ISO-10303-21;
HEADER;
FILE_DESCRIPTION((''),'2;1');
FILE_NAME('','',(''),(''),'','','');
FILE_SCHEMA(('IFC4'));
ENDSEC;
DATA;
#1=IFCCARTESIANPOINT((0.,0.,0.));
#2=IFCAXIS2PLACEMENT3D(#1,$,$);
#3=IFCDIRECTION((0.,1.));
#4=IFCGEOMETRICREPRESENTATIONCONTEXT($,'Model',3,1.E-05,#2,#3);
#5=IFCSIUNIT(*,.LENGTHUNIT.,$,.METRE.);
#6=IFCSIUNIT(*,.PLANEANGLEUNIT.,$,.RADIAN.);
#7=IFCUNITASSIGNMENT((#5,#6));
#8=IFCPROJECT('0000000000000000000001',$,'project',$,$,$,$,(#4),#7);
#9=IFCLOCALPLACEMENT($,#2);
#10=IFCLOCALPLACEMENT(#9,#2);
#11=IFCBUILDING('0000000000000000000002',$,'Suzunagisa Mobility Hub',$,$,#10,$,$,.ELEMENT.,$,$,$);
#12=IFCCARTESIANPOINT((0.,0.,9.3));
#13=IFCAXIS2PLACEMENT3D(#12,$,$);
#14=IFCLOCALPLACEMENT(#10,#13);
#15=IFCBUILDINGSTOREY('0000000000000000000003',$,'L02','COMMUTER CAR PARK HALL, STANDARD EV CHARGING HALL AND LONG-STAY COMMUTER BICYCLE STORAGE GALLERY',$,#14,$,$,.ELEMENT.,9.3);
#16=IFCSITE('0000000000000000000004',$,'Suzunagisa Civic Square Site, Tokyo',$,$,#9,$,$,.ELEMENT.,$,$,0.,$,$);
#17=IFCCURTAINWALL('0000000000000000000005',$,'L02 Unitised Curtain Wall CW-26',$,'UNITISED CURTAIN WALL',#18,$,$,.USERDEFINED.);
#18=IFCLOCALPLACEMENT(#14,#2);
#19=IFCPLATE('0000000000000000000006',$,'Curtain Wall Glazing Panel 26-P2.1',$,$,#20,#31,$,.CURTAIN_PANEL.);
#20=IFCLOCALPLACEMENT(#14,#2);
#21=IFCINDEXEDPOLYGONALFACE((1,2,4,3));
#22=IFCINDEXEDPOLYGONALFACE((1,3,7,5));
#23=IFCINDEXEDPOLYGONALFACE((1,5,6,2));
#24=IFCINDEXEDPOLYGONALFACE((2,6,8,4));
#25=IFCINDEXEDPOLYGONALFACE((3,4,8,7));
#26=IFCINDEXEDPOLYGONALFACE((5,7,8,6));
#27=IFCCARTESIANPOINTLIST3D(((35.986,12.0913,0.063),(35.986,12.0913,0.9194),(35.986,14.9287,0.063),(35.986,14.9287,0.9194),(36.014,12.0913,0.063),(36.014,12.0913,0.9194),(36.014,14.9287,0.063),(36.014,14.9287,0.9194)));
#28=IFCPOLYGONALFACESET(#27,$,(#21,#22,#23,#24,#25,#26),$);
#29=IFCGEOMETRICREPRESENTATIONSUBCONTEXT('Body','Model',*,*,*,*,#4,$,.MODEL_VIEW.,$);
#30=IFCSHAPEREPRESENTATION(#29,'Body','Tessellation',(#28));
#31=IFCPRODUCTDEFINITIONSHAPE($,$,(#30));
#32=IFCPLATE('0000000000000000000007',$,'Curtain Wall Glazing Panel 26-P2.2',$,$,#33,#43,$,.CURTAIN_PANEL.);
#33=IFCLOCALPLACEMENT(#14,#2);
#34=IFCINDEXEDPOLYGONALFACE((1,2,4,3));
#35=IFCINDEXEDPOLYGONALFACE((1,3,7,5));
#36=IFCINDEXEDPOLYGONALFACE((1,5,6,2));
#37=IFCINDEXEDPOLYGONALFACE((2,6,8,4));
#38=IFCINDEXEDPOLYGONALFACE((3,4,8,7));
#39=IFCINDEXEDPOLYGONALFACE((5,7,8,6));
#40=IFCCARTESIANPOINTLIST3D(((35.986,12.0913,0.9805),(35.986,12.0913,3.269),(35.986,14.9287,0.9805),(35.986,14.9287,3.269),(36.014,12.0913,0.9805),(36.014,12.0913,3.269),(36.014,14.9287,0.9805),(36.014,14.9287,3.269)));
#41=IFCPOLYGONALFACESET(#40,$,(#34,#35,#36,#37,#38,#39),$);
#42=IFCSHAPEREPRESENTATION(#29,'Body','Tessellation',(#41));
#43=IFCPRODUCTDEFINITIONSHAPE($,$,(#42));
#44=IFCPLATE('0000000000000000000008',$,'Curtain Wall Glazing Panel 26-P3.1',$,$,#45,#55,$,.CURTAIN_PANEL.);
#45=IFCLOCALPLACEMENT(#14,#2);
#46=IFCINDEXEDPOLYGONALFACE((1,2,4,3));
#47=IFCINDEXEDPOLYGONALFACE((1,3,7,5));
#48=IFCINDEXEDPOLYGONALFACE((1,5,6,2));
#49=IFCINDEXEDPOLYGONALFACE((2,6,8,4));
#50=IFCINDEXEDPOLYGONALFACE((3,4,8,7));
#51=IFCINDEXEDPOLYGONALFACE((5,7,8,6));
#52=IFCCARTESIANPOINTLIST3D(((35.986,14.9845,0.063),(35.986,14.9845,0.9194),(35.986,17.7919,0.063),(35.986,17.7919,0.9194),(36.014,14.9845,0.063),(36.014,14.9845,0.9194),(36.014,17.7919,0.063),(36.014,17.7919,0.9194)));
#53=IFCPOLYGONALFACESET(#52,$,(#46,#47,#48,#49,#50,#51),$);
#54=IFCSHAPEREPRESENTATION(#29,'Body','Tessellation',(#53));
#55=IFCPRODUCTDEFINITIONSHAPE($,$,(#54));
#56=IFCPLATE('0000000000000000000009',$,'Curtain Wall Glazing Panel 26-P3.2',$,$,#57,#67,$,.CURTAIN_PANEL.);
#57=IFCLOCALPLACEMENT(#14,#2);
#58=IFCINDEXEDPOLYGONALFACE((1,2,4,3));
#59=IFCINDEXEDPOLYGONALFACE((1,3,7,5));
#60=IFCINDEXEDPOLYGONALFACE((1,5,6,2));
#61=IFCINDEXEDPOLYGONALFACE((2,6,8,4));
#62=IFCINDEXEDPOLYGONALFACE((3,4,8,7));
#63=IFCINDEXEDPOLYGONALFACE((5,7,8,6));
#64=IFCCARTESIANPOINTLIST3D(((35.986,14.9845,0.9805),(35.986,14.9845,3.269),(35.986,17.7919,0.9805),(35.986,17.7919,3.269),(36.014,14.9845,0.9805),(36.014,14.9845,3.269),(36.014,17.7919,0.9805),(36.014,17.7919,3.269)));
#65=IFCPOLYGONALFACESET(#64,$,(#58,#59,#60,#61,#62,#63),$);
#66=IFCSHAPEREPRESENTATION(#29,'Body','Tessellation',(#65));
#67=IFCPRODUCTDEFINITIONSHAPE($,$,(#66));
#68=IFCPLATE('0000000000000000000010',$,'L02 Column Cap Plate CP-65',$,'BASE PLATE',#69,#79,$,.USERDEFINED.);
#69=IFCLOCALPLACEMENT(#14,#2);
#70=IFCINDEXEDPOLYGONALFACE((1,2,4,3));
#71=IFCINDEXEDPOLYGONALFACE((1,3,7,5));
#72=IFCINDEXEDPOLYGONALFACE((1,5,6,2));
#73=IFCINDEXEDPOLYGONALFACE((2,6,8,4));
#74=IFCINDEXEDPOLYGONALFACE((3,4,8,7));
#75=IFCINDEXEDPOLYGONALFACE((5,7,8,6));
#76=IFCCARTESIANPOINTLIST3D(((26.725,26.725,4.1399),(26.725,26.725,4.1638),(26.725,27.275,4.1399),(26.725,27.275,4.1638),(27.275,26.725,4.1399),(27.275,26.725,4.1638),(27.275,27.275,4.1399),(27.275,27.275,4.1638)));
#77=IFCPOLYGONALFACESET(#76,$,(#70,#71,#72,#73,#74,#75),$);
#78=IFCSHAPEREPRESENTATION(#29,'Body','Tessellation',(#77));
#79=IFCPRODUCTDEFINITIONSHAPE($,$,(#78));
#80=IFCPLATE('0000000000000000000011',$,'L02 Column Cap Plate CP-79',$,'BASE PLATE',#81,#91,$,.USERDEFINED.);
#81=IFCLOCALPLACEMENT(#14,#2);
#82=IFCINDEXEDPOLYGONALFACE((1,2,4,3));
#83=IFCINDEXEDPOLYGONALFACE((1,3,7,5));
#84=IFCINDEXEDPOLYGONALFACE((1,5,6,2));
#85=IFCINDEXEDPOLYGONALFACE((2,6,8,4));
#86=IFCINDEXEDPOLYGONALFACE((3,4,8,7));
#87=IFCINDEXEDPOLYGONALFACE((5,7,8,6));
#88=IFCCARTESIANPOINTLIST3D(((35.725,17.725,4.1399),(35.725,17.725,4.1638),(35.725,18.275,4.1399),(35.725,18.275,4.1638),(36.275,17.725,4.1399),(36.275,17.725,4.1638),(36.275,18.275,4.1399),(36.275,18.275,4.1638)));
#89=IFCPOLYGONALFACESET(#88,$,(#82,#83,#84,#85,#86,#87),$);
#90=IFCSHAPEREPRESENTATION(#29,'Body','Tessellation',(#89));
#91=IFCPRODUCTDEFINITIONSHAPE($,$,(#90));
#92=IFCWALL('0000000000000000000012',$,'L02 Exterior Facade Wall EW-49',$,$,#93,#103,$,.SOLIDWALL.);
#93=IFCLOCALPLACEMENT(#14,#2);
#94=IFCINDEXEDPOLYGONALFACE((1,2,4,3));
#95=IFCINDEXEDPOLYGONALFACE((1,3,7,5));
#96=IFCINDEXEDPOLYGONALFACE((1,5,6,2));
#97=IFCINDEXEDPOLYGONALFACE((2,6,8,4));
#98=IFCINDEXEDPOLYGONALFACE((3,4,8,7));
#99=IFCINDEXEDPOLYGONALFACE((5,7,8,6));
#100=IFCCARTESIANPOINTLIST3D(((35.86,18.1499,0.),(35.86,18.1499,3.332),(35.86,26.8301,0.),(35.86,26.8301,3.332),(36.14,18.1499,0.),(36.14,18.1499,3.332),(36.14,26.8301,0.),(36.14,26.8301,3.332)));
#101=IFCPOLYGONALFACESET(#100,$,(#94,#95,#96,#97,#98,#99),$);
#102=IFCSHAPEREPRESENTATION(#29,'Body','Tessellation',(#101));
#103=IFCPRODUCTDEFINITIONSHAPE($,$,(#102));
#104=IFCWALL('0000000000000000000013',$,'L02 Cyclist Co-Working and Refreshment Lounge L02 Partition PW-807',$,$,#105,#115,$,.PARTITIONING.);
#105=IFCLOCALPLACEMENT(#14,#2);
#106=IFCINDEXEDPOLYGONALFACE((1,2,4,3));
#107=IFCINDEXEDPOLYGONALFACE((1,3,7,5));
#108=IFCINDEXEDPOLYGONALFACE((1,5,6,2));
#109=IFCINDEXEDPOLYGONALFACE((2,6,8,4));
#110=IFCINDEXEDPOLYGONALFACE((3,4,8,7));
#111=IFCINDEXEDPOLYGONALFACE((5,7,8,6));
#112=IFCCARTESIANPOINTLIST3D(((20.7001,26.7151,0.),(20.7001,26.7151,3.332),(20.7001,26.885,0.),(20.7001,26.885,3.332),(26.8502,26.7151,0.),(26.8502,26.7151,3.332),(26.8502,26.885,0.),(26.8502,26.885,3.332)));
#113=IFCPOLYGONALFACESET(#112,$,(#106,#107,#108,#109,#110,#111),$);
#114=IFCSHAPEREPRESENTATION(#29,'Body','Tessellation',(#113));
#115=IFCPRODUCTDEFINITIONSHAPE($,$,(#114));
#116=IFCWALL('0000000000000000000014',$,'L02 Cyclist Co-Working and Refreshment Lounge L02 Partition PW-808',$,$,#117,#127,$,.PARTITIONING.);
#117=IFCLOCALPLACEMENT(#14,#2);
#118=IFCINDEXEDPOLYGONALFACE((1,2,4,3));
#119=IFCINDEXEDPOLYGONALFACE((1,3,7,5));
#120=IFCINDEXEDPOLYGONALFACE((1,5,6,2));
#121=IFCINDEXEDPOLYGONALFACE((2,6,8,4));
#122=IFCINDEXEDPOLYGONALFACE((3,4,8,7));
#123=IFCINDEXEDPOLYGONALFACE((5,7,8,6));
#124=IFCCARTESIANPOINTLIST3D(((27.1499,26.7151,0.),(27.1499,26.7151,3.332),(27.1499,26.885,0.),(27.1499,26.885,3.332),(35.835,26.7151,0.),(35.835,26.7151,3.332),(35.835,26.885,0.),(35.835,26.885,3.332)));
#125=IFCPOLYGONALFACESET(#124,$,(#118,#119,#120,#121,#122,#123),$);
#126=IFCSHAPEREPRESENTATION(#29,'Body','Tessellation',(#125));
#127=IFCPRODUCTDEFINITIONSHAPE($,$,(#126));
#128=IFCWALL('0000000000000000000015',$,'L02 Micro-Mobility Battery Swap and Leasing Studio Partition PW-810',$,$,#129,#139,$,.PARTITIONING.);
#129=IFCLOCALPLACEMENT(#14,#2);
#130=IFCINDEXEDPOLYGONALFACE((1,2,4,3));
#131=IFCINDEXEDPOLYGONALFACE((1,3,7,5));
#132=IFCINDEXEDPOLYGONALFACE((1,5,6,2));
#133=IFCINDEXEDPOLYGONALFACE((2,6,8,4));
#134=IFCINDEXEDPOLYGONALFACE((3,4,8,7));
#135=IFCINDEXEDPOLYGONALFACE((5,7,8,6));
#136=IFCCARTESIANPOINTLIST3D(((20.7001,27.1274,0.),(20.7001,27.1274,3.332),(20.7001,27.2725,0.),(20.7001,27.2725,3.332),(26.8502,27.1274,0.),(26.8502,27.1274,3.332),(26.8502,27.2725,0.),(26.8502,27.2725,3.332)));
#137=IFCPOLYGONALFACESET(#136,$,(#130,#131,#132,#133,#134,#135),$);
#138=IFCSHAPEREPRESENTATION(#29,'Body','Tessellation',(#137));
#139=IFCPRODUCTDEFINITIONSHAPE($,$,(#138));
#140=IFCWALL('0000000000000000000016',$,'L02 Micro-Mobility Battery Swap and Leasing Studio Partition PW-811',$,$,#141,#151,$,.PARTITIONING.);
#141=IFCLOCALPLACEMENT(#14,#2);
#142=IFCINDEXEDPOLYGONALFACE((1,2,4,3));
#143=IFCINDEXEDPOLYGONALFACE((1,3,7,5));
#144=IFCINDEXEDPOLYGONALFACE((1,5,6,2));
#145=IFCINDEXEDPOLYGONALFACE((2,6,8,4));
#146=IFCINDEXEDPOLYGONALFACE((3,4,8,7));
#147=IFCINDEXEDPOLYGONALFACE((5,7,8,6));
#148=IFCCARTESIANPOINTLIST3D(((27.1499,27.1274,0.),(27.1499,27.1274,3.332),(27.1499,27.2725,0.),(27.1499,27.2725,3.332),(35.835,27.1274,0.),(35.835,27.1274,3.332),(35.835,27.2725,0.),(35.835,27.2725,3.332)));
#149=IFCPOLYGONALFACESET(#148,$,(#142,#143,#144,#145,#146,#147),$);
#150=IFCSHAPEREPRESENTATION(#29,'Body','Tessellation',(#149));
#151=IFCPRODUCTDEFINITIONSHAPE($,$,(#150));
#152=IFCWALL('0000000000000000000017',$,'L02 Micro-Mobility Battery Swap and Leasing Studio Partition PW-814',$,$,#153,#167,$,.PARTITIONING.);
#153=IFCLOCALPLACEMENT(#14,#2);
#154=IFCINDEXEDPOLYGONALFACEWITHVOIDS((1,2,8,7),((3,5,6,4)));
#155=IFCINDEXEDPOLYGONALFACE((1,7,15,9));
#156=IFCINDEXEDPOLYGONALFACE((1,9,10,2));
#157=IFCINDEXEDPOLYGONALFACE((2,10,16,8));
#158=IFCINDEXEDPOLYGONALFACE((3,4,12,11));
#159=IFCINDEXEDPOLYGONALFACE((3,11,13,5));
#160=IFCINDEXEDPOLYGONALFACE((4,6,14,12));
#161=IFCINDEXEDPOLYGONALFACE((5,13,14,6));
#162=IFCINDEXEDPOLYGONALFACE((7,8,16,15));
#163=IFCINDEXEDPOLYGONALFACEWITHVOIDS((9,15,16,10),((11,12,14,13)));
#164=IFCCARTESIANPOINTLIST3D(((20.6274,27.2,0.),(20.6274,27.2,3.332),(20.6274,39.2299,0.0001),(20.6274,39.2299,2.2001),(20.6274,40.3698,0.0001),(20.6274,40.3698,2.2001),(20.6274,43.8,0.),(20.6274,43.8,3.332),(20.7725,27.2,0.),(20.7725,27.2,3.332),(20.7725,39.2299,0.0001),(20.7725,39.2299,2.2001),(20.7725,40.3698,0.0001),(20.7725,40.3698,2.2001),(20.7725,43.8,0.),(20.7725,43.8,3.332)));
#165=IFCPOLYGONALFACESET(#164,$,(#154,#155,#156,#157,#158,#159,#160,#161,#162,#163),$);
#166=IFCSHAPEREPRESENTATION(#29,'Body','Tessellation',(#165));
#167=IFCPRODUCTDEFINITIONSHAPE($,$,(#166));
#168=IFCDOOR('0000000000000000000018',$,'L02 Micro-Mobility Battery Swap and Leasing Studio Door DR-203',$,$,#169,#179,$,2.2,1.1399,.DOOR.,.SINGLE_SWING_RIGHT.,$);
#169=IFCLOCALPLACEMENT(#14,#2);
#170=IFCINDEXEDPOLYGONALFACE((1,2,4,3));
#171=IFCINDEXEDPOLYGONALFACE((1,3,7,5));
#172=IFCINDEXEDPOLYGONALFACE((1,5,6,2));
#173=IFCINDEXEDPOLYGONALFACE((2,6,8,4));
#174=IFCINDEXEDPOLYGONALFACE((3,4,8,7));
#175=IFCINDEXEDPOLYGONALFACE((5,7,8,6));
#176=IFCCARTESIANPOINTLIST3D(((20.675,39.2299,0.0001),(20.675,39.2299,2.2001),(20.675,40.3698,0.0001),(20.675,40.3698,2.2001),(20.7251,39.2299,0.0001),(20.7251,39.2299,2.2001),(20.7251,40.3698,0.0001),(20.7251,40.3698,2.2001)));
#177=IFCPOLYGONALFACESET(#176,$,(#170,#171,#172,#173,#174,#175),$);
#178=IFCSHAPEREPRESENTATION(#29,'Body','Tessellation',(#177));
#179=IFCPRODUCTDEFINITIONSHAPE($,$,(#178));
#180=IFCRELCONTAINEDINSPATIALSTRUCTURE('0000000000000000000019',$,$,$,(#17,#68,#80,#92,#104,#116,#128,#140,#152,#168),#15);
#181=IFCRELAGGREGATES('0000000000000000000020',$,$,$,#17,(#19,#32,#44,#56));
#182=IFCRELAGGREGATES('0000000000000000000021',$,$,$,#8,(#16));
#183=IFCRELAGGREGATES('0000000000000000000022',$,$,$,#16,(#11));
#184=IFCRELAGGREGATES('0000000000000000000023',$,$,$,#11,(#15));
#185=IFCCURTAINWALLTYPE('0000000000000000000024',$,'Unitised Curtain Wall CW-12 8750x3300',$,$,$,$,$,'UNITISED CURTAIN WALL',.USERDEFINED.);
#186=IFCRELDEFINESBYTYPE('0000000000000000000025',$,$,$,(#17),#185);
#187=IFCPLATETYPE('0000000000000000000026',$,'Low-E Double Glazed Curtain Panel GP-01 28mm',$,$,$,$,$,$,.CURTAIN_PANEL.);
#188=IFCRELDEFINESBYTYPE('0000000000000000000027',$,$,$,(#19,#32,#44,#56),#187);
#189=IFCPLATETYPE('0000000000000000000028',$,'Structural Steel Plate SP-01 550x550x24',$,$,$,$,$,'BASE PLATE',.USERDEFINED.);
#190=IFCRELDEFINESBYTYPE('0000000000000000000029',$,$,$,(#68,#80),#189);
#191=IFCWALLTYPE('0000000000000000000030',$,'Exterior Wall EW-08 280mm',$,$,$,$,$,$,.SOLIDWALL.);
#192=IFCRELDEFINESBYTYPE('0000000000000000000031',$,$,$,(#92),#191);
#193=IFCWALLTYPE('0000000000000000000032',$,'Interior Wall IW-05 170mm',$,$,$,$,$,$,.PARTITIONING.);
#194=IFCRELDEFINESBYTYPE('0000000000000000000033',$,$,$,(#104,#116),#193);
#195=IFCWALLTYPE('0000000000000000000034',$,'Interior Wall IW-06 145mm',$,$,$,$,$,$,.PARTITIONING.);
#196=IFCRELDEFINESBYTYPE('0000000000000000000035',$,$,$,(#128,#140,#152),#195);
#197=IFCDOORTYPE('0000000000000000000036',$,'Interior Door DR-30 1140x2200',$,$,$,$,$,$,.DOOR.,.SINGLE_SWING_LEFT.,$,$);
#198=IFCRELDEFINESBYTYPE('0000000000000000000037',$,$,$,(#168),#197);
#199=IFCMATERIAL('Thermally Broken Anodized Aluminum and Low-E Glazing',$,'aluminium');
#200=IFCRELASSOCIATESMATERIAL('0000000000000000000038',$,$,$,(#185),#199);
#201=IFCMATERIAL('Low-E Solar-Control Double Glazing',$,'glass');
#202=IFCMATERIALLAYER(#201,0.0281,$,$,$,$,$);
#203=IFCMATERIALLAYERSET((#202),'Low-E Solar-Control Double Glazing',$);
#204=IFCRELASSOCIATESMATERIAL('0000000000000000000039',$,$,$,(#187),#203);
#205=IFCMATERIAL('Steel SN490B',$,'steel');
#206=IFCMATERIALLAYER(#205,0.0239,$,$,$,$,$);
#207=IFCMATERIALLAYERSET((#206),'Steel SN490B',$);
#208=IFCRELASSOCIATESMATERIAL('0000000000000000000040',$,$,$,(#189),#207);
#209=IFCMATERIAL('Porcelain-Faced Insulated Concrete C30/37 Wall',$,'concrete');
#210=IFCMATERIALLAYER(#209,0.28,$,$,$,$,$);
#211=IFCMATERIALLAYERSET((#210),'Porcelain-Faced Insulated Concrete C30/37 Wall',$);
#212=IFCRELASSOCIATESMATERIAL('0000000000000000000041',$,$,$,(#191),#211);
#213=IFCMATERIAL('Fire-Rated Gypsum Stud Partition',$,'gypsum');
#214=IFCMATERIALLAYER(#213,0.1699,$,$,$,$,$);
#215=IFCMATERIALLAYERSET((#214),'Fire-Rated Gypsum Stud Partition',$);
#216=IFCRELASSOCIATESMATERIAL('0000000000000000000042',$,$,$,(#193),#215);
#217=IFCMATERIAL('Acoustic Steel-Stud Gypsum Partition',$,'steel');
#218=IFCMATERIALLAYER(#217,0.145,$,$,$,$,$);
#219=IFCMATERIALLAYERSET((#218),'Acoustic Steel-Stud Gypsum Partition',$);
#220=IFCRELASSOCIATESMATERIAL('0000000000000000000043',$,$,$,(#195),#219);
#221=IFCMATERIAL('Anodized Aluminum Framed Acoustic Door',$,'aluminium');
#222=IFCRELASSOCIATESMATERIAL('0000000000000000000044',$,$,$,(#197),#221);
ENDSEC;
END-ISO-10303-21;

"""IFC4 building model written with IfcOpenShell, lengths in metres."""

from ifc_helpers import new_model, si_unit, direction, frame, frame_2d, origin, origin_2d, place, context, subcontext, project, spatial, rectangle, extrude, material, layer, layer_set, type_object, element, fill, aggregate, save


model = new_model("IFC4")

# Units and contexts
model_context = context("Model", 3, precision=1e-05, world=origin(), true_north=direction((0.0, 1.0)))
body_context = subcontext(model_context, "Body", "Model", "MODEL_VIEW")
ifc_project = project(units=[si_unit("LENGTHUNIT", "METRE"), si_unit("PLANEANGLEUNIT", "RADIAN")], contexts=[model_context])

# Site, building, storey
site_placement = place(None, origin())
site = spatial("IfcSite", under=ifc_project, at=site_placement, Name="Suzunagisa Civic Square Site, Tokyo", CompositionType="ELEMENT", RefElevation=0.0)
building_placement = place(site_placement, origin())
building = spatial("IfcBuilding", under=site, at=building_placement, Name="Suzunagisa Mobility Hub", CompositionType="ELEMENT")
storey_placement = place(building_placement, frame((0.0, 0.0, 9.3)))
storey = spatial("IfcBuildingStorey", under=building, at=storey_placement, Name="L02", Description="COMMUTER CAR PARK HALL, STANDARD EV CHARGING HALL AND LONG-STAY COMMUTER BICYCLE STORAGE GALLERY", CompositionType="ELEMENT", Elevation=9.3)

# Shared definitions
ifc_material_1 = material(Name="Steel SN490B", Category="steel")

# Curtain wall
ifc_material_2 = material(Name="Thermally Broken Anodized Aluminum and Low-E Glazing", Category="aluminium")
curtain_wall_type = type_object("IfcCurtainWallType", Name="Unitised Curtain Wall CW-12 8750x3300", ElementType="UNITISED CURTAIN WALL", PredefinedType="USERDEFINED", material=ifc_material_2)
curtain_wall_1_placement = place(storey_placement, origin())
curtain_wall_1 = element("IfcCurtainWall", 1, at=curtain_wall_1_placement, inside=storey, type_object=curtain_wall_type, Name="L02 Unitised Curtain Wall CW-26", ObjectType="UNITISED CURTAIN WALL", PredefinedType="USERDEFINED")

# Plates
ifc_material_3 = material(Name="Low-E Solar-Control Double Glazing", Category="glass")
ifc_layer_1 = layer(ifc_material_3, 0.0281)
ifc_layer_set_1 = layer_set([ifc_layer_1], Name="Low-E Solar-Control Double Glazing")
plate_type_1 = type_object("IfcPlateType", Name="Low-E Double Glazed Curtain Panel GP-01 28mm", PredefinedType="CURTAIN_PANEL", material=ifc_layer_set_1)
plate_1_placement = place(storey_placement, frame((36.0, 13.51, 0.063), z_axis=(0.0, 0.0, 1.0), x_axis=(0.0, 1.0, 0.0)))
plate_1 = element("IfcPlate", 2, at=plate_1_placement, type_object=plate_type_1, Name="Curtain Wall Glazing Panel 26-P2.1", PredefinedType="CURTAIN_PANEL", context=body_context, shape_type="SweptSolid", body=[
    extrude(rectangle(XDim=2.8374, YDim=0.0281, at=origin_2d()), origin(), (0.0, 0.0, 1.0), 0.8564),
])
plate_2_placement = place(storey_placement, frame((36.0, 13.51, 0.9805), z_axis=(0.0, 0.0, 1.0), x_axis=(0.0, 1.0, 0.0)))
plate_2 = element("IfcPlate", 3, at=plate_2_placement, type_object=plate_type_1, Name="Curtain Wall Glazing Panel 26-P2.2", PredefinedType="CURTAIN_PANEL", context=body_context, shape_type="SweptSolid", body=[
    extrude(rectangle(XDim=2.8374, YDim=0.0281, at=origin_2d()), origin(), (0.0, 0.0, 1.0), 2.2886),
])
plate_3_placement = place(storey_placement, frame((36.0, 16.3882, 0.063), z_axis=(0.0, 0.0, 1.0), x_axis=(0.0, 1.0, 0.0)))
plate_3 = element("IfcPlate", 4, at=plate_3_placement, type_object=plate_type_1, Name="Curtain Wall Glazing Panel 26-P3.1", PredefinedType="CURTAIN_PANEL", context=body_context, shape_type="SweptSolid", body=[
    extrude(rectangle(XDim=2.8074, YDim=0.0281, at=origin_2d()), origin(), (0.0, 0.0, 1.0), 0.8564),
])
plate_4_placement = place(storey_placement, frame((36.0, 16.3882, 0.9805), z_axis=(0.0, 0.0, 1.0), x_axis=(0.0, 1.0, 0.0)))
plate_4 = element("IfcPlate", 5, at=plate_4_placement, type_object=plate_type_1, Name="Curtain Wall Glazing Panel 26-P3.2", PredefinedType="CURTAIN_PANEL", context=body_context, shape_type="SweptSolid", body=[
    extrude(rectangle(XDim=2.8074, YDim=0.0281, at=origin_2d()), origin(), (0.0, 0.0, 1.0), 2.2886),
])
aggregate(curtain_wall_1, [plate_1, plate_2, plate_3, plate_4])

# Plates
ifc_layer_2 = layer(ifc_material_1, 0.0239)
ifc_layer_set_2 = layer_set([ifc_layer_2], Name="Steel SN490B")
plate_type_2 = type_object("IfcPlateType", Name="Structural Steel Plate SP-01 550x550x24", ElementType="BASE PLATE", PredefinedType="USERDEFINED", material=ifc_layer_set_2)
for number, where, z_axis, x_axis, name in (
    (6, (27.0, 27.0, 4.1399), (0.0, 0.0, 1.0), (1.0, 0.0, 0.0), "L02 Column Cap Plate CP-65"),
    (7, (36.0, 18.0, 4.1399), (0.0, 0.0, 1.0), (1.0, 0.0, 0.0), "L02 Column Cap Plate CP-79"),
):
    element("IfcPlate", number, at=place(storey_placement, frame(where, z_axis=z_axis, x_axis=x_axis)), inside=storey, type_object=plate_type_2, Name=name, ObjectType="BASE PLATE", PredefinedType="USERDEFINED", context=body_context, shape_type="SweptSolid", body=[
        extrude(rectangle(XDim=0.55, YDim=0.55, at=origin_2d()), origin(), (0.0, 0.0, 1.0), 0.0239),
    ])

# Walls
ifc_material_4 = material(Name="Porcelain-Faced Insulated Concrete C30/37 Wall", Category="concrete")
ifc_layer_3 = layer(ifc_material_4, 0.28)
ifc_layer_set_3 = layer_set([ifc_layer_3], Name="Porcelain-Faced Insulated Concrete C30/37 Wall")
wall_type_1 = type_object("IfcWallType", Name="Exterior Wall EW-08 280mm", PredefinedType="SOLIDWALL", material=ifc_layer_set_3)
wall_1_placement = place(storey_placement, frame((36.0, 18.1499, 0.0), z_axis=(0.0, 0.0, 1.0), x_axis=(0.0, 1.0, 0.0)))
element("IfcWall", 8, at=wall_1_placement, inside=storey, type_object=wall_type_1, Name="L02 Exterior Facade Wall EW-49", PredefinedType="SOLIDWALL", context=body_context, shape_type="SweptSolid", body=[
    extrude(rectangle(XDim=8.6802, YDim=0.28, at=frame_2d((4.3401, 0.0))), origin(), (0.0, 0.0, 1.0), 3.332),
])
ifc_material_5 = material(Name="Fire-Rated Gypsum Stud Partition", Category="gypsum")
ifc_layer_4 = layer(ifc_material_5, 0.1699)
ifc_layer_set_4 = layer_set([ifc_layer_4], Name="Fire-Rated Gypsum Stud Partition")
wall_type_2 = type_object("IfcWallType", Name="Interior Wall IW-05 170mm", PredefinedType="PARTITIONING", material=ifc_layer_set_4)
wall_2_placement = place(storey_placement, frame((20.7, 26.8, 0.0), z_axis=(0.0, 0.0, 1.0), x_axis=(1.0, 0.0, 0.0)))
element("IfcWall", 9, at=wall_2_placement, inside=storey, type_object=wall_type_2, Name="L02 Cyclist Co-Working and Refreshment Lounge L02 Partition PW-807", PredefinedType="PARTITIONING", context=body_context, shape_type="SweptSolid", body=[
    extrude(rectangle(XDim=6.1501, YDim=0.1699, at=frame_2d((3.0752, 0.0))), origin(), (0.0, 0.0, 1.0), 3.332),
])
wall_3_placement = place(storey_placement, frame((27.1499, 26.8, 0.0), z_axis=(0.0, 0.0, 1.0), x_axis=(1.0, 0.0, 0.0)))
element("IfcWall", 10, at=wall_3_placement, inside=storey, type_object=wall_type_2, Name="L02 Cyclist Co-Working and Refreshment Lounge L02 Partition PW-808", PredefinedType="PARTITIONING", context=body_context, shape_type="SweptSolid", body=[
    extrude(rectangle(XDim=8.6851, YDim=0.1699, at=frame_2d((4.3425, 0.0))), origin(), (0.0, 0.0, 1.0), 3.332),
])
ifc_material_6 = material(Name="Acoustic Steel-Stud Gypsum Partition", Category="steel")
ifc_layer_5 = layer(ifc_material_6, 0.145)
ifc_layer_set_5 = layer_set([ifc_layer_5], Name="Acoustic Steel-Stud Gypsum Partition")
wall_type_3 = type_object("IfcWallType", Name="Interior Wall IW-06 145mm", PredefinedType="PARTITIONING", material=ifc_layer_set_5)
wall_4_placement = place(storey_placement, frame((20.7, 27.2, 0.0), z_axis=(0.0, 0.0, 1.0), x_axis=(1.0, 0.0, 0.0)))
element("IfcWall", 11, at=wall_4_placement, inside=storey, type_object=wall_type_3, Name="L02 Micro-Mobility Battery Swap and Leasing Studio Partition PW-810", PredefinedType="PARTITIONING", context=body_context, shape_type="SweptSolid", body=[
    extrude(rectangle(XDim=6.1501, YDim=0.145, at=frame_2d((3.0752, 0.0))), origin(), (0.0, 0.0, 1.0), 3.332),
])
wall_5_placement = place(storey_placement, frame((27.1499, 27.2, 0.0), z_axis=(0.0, 0.0, 1.0), x_axis=(1.0, 0.0, 0.0)))
element("IfcWall", 12, at=wall_5_placement, inside=storey, type_object=wall_type_3, Name="L02 Micro-Mobility Battery Swap and Leasing Studio Partition PW-811", PredefinedType="PARTITIONING", context=body_context, shape_type="SweptSolid", body=[
    extrude(rectangle(XDim=8.6851, YDim=0.145, at=frame_2d((4.3425, 0.0))), origin(), (0.0, 0.0, 1.0), 3.332),
])

# Wall, opening, door
wall_6_placement = place(storey_placement, frame((20.7, 27.2, 0.0), z_axis=(0.0, 0.0, 1.0), x_axis=(0.0, 1.0, 0.0)))
wall_6 = element("IfcWall", 13, at=wall_6_placement, inside=storey, type_object=wall_type_3, Name="L02 Micro-Mobility Battery Swap and Leasing Studio Partition PW-814", PredefinedType="PARTITIONING", context=body_context, shape_type="SweptSolid", body=[
    extrude(rectangle(XDim=16.6001, YDim=0.145, at=frame_2d((8.3, 0.0))), origin(), (0.0, 0.0, 1.0), 3.332),
])
opening_placement = place(wall_6_placement, frame((12.03, 0.0, 0.0)))
opening = element("IfcOpeningElement", 14, at=opening_placement, cuts=wall_6, PredefinedType="OPENING", context=body_context, shape_type="SweptSolid", body=[
    extrude(rectangle(XDim=1.1399, YDim=2.2, at=frame_2d((0.5698, 1.1001))), frame((0.0, 0.0835, 0.0), z_axis=(0.0, -1.0, 0.0), x_axis=(1.0, 0.0, 0.0)), (0.0, 0.0, 1.0), 0.167),
])
ifc_material_7 = material(Name="Anodized Aluminum Framed Acoustic Door", Category="aluminium")
door_type = type_object("IfcDoorType", Name="Interior Door DR-30 1140x2200", OperationType="SINGLE_SWING_LEFT", PredefinedType="DOOR", material=ifc_material_7)
door_placement = place(opening_placement, origin())
door = element("IfcDoor", 15, at=door_placement, inside=storey, type_object=door_type, Name="L02 Micro-Mobility Battery Swap and Leasing Studio Door DR-203", OperationType="SINGLE_SWING_RIGHT", OverallHeight=2.2, OverallWidth=1.1399, PredefinedType="DOOR", context=body_context, shape_type="SweptSolid", body=[
    extrude(rectangle(XDim=1.1399, YDim=2.2, at=frame_2d((0.5698, 1.1001))), frame((0.0, 0.0249, 0.0), z_axis=(0.0, -1.0, 0.0), x_axis=(1.0, 0.0, 0.0)), (0.0, 0.0, 1.0), 0.05),
])
fill(opening, door)

save(model, "model.ifc")
